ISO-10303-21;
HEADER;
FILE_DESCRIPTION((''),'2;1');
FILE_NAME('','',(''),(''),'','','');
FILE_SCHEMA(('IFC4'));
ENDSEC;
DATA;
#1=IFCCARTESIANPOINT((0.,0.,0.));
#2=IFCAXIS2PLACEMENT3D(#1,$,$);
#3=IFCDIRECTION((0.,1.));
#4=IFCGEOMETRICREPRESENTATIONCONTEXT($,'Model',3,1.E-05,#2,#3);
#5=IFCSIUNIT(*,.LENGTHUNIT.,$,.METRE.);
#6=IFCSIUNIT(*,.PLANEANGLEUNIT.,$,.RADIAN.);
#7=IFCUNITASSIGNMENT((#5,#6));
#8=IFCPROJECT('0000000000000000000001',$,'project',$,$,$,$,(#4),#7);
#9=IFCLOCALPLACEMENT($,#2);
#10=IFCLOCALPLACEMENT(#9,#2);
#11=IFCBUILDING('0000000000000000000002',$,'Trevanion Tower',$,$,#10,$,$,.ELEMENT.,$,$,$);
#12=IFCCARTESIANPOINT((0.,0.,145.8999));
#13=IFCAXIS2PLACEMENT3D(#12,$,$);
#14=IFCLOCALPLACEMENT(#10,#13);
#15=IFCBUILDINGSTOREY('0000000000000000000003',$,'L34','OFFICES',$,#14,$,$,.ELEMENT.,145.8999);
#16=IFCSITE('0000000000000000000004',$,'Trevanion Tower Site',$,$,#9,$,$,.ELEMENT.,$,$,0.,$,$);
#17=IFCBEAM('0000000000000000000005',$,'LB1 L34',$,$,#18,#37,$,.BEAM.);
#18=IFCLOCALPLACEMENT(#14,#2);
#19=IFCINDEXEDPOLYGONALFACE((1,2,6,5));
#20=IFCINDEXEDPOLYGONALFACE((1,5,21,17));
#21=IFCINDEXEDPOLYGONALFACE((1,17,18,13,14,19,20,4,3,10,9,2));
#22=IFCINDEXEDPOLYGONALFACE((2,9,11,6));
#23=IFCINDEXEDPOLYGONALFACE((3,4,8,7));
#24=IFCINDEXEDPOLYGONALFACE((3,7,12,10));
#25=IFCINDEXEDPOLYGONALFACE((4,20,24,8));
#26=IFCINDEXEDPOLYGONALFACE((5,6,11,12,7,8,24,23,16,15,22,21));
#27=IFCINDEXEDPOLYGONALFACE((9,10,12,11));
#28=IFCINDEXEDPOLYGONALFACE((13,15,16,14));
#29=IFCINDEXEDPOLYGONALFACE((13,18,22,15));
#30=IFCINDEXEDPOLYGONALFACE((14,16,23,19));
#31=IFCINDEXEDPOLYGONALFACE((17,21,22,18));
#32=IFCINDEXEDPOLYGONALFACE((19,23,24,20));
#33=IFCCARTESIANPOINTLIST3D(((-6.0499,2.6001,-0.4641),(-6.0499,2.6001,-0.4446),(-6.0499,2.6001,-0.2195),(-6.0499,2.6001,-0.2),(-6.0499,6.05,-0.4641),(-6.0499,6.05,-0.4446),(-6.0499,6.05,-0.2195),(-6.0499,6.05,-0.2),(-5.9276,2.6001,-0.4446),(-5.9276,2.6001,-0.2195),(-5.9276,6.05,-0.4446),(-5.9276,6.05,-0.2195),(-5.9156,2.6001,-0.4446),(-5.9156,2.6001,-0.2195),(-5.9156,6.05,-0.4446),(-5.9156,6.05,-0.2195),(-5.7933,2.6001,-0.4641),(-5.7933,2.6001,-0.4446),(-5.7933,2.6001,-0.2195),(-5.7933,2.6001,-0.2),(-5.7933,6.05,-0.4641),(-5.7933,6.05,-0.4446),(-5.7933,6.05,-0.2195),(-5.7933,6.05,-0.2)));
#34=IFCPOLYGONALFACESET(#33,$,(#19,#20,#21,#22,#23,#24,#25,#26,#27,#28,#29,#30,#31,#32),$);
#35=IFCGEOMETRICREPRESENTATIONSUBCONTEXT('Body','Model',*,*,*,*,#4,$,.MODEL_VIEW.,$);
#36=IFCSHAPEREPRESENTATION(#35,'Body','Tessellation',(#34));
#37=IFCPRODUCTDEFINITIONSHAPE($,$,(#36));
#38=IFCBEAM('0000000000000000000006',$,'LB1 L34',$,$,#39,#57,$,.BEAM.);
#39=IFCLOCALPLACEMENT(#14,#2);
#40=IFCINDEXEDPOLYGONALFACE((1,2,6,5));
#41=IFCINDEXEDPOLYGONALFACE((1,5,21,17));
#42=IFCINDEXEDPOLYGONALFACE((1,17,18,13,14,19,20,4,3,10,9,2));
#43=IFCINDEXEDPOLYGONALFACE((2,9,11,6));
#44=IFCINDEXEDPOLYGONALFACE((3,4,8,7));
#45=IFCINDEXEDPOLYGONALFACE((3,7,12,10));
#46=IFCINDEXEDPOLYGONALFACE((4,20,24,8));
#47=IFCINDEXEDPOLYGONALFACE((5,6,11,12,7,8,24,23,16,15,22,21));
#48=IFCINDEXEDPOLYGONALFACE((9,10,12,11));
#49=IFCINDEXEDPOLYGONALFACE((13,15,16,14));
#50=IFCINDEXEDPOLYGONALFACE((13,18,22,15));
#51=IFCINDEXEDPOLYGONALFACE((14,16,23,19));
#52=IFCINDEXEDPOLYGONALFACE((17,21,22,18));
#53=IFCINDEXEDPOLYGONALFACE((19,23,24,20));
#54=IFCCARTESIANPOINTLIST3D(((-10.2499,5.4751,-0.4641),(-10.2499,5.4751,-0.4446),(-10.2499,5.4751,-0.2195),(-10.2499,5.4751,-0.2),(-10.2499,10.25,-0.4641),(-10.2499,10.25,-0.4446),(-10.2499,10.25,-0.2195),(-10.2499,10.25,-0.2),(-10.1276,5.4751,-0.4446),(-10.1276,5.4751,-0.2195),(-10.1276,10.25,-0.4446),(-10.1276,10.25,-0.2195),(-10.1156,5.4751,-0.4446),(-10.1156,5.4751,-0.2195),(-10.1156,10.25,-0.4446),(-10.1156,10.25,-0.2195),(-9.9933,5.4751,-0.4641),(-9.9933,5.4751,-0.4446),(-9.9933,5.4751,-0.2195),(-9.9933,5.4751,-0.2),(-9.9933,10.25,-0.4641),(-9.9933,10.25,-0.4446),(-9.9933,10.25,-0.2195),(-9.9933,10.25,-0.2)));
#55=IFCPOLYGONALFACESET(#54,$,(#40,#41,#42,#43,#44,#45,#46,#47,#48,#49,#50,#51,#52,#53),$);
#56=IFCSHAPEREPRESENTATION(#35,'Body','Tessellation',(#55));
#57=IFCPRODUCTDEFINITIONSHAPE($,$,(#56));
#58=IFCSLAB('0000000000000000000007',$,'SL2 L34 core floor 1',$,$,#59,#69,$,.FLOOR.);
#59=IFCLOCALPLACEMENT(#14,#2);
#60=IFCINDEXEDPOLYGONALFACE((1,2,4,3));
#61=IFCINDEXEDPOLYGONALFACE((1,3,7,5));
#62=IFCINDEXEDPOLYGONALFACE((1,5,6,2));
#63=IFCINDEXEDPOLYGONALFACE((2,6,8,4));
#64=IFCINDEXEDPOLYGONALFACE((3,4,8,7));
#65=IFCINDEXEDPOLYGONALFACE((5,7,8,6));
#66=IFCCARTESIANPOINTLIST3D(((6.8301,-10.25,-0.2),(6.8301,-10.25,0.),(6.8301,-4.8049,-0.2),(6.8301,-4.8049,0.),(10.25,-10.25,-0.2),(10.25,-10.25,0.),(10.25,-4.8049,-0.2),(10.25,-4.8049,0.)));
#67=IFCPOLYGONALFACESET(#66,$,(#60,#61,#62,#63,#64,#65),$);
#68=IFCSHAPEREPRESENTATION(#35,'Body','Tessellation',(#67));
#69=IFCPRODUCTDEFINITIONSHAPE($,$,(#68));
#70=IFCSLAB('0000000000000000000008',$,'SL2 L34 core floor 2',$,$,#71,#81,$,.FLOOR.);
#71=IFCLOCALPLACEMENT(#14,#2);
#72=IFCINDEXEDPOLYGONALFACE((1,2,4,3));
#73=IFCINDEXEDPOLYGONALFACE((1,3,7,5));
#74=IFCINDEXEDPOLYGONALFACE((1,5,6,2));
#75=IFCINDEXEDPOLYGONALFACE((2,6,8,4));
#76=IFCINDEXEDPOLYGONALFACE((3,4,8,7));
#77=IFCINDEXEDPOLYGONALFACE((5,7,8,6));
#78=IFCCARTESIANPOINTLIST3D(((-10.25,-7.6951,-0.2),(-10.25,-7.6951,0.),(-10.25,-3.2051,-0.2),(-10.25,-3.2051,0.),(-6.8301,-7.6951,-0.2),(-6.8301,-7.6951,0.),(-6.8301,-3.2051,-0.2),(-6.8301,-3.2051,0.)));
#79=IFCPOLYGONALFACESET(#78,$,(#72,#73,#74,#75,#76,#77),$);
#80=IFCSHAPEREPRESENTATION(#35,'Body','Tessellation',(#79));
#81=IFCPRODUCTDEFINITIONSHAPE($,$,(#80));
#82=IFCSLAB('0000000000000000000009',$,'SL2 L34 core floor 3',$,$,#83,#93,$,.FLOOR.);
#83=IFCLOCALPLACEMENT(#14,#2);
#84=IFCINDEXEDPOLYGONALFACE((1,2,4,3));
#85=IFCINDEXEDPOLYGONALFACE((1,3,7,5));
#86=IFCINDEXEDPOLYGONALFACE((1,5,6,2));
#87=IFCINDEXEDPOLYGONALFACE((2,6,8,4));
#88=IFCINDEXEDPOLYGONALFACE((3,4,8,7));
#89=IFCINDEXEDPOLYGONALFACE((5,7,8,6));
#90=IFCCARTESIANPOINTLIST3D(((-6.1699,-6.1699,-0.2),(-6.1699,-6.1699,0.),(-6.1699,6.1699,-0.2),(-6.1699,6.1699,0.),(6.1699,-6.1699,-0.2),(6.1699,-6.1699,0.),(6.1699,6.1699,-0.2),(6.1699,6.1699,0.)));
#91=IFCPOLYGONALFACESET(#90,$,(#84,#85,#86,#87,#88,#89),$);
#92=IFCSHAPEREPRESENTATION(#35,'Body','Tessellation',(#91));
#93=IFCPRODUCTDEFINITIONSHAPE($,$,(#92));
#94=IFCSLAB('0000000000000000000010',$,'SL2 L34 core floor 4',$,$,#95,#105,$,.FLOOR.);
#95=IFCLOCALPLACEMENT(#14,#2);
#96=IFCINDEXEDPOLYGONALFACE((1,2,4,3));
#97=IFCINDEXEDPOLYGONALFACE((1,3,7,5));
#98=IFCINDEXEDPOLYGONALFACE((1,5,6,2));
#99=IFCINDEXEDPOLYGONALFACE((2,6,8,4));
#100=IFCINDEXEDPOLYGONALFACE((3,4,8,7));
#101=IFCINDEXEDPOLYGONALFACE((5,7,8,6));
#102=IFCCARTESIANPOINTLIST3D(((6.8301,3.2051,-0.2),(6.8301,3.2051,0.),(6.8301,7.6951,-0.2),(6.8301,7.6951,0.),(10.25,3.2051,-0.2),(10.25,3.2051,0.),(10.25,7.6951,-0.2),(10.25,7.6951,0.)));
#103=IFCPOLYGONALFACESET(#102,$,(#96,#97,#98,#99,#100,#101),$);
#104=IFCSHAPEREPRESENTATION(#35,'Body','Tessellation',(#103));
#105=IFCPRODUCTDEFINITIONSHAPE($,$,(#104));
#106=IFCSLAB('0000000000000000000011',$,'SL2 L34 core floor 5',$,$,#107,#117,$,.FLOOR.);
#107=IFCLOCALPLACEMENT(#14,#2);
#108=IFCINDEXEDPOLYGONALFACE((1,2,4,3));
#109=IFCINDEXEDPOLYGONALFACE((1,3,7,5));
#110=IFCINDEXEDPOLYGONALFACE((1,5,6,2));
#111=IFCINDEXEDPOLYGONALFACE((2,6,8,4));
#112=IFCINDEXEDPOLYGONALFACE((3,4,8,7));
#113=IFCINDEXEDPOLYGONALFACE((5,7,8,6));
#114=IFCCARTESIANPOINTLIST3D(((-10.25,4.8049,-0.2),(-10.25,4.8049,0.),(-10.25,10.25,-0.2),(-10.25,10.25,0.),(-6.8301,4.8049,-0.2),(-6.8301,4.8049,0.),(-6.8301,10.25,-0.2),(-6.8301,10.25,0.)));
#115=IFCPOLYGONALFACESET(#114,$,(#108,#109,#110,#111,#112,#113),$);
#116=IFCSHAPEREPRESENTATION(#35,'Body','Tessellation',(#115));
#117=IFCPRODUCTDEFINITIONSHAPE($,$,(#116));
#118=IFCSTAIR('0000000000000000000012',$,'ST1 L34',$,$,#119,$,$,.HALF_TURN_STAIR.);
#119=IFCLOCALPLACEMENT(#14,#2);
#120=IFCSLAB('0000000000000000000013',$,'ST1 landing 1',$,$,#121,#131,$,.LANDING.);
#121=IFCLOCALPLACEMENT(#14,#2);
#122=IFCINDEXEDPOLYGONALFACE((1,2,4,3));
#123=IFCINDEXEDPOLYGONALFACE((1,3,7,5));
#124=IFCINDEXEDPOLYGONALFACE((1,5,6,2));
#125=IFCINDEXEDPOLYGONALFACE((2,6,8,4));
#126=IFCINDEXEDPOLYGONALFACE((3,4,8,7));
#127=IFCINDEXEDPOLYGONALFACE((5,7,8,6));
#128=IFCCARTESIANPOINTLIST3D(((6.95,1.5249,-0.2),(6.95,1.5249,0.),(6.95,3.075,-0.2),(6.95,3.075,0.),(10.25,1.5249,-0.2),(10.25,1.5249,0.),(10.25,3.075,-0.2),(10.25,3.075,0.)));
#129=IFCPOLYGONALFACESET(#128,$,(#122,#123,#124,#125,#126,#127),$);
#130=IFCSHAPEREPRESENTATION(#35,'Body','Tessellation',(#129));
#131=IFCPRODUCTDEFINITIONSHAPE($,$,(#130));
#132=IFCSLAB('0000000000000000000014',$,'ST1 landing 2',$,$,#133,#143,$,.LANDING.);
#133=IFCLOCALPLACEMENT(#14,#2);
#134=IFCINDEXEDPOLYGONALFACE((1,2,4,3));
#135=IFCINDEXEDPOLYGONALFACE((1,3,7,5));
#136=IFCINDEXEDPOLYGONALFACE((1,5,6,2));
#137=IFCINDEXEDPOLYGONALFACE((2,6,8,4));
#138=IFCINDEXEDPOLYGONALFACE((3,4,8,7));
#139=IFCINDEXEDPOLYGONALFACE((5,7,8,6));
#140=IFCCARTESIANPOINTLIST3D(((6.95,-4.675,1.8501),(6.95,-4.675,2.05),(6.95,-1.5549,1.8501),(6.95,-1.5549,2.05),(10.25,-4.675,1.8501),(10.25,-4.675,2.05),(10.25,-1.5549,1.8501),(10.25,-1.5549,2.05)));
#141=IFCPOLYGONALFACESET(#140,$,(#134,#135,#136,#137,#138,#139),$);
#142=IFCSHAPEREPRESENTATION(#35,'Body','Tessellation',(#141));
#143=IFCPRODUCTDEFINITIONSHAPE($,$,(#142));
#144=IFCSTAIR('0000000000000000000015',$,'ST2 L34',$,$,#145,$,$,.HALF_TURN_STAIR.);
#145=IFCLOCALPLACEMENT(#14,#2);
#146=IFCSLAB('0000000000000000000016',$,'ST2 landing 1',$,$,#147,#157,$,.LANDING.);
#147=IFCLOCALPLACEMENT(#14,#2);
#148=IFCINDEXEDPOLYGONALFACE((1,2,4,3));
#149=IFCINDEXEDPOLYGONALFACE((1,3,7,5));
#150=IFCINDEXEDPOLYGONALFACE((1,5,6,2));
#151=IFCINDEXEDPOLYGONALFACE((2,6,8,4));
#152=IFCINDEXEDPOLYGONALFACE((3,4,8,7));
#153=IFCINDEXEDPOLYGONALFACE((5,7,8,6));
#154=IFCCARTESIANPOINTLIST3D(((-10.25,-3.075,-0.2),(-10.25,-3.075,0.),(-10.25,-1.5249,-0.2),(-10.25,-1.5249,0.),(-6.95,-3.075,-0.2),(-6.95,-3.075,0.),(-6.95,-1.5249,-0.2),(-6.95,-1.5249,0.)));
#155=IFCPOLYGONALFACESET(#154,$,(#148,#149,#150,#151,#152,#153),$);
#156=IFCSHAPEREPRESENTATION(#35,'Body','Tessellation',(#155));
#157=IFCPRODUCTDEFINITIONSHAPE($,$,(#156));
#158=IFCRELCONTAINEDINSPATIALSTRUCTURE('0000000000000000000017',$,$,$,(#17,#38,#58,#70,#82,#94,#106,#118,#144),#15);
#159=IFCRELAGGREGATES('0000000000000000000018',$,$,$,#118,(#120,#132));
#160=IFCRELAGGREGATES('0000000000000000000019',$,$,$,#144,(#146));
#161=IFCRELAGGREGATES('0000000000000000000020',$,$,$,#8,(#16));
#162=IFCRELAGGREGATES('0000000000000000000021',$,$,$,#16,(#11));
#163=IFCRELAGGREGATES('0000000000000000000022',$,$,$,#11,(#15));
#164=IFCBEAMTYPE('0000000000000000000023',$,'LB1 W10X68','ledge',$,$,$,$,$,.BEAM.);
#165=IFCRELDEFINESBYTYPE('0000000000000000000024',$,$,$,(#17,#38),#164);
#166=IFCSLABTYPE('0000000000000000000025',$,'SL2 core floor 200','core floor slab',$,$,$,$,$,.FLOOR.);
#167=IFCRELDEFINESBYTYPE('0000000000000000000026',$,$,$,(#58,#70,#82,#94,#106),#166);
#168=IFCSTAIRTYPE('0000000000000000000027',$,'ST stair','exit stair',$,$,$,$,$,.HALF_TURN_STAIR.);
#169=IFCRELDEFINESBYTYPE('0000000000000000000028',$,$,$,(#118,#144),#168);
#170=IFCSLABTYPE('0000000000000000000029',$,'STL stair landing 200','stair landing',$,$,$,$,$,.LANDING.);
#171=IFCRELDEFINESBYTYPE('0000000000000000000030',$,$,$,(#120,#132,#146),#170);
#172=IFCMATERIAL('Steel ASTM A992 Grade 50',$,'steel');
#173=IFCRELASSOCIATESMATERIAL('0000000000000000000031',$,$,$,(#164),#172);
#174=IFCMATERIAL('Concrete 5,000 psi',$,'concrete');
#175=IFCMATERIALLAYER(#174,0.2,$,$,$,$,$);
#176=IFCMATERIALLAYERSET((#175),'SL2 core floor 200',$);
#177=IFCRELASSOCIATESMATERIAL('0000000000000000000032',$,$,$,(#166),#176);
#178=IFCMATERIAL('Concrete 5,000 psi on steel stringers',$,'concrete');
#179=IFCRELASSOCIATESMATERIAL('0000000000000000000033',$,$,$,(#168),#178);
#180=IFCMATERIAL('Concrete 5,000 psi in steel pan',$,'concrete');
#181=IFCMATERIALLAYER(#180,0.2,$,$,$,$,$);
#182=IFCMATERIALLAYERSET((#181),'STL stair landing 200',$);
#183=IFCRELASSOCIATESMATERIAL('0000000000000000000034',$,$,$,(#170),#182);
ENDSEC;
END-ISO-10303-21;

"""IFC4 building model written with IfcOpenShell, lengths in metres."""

from ifc_helpers import new_model, si_unit, direction, frame, origin, origin_2d, place, context, subcontext, project, spatial, polyline, i_section, outline, extrude, material, layer, layer_set, material_profile, profile_set, type_object, element, aggregate, save


model = new_model("IFC4")

# Units and contexts
model_context = context("Model", 3, precision=1e-05, world=origin(), true_north=direction((0.0, 1.0)))
body_context = subcontext(model_context, "Body", "Model", "MODEL_VIEW")
ifc_project = project(units=[si_unit("LENGTHUNIT", "METRE"), si_unit("PLANEANGLEUNIT", "RADIAN")], contexts=[model_context])

# Site, building, storey
site_placement = place(None, origin())
site = spatial("IfcSite", under=ifc_project, at=site_placement, Name="Trevanion Tower Site", CompositionType="ELEMENT", RefElevation=0.0)
building_placement = place(site_placement, origin())
building = spatial("IfcBuilding", under=site, at=building_placement, Name="Trevanion Tower", CompositionType="ELEMENT")
storey_placement = place(building_placement, frame((0.0, 0.0, 145.8999)))
storey = spatial("IfcBuildingStorey", under=building, at=storey_placement, Name="L34", Description="OFFICES", CompositionType="ELEMENT", Elevation=145.8999)

# Beams
ifc_material_1 = material(Name="Steel ASTM A992 Grade 50", Category="steel")
ifc_material_profile = material_profile(ifc_material_1, i_section(OverallWidth=0.2566, OverallDepth=0.2642, WebThickness=0.012, FlangeThickness=0.0195, at=origin_2d()), Name="W10X68")
ifc_profile_set = profile_set([ifc_material_profile], Name="Steel ASTM A992 Grade 50")
beam_type = type_object("IfcBeamType", Name="LB1 W10X68", Description="ledge", PredefinedType="BEAM", material=ifc_profile_set)
beam_1_placement = place(storey_placement, frame((-5.9216, 2.6001, -0.332), z_axis=(0.0, 1.0, 0.0), x_axis=(-1.0, 0.0, 0.0)))
element("IfcBeam", 1, at=beam_1_placement, inside=storey, type_object=beam_type, Name="LB1 L34", PredefinedType="BEAM", context=body_context, shape_type="SweptSolid", body=[
    extrude(i_section(OverallWidth=0.2566, OverallDepth=0.2642, WebThickness=0.012, FlangeThickness=0.0195, at=origin_2d()), origin(), (0.0, 0.0, 1.0), 3.45),
])
beam_2_placement = place(storey_placement, frame((-10.1216, 5.4751, -0.332), z_axis=(0.0, 1.0, 0.0), x_axis=(-1.0, 0.0, 0.0)))
element("IfcBeam", 2, at=beam_2_placement, inside=storey, type_object=beam_type, Name="LB1 L34", PredefinedType="BEAM", context=body_context, shape_type="SweptSolid", body=[
    extrude(i_section(OverallWidth=0.2566, OverallDepth=0.2642, WebThickness=0.012, FlangeThickness=0.0195, at=origin_2d()), origin(), (0.0, 0.0, 1.0), 4.7749),
])

# Slabs
ifc_material_2 = material(Name="Concrete 5,000 psi", Category="concrete")
ifc_layer_1 = layer(ifc_material_2, 0.2)
ifc_layer_set_1 = layer_set([ifc_layer_1], Name="SL2 core floor 200")
slab_type_1 = type_object("IfcSlabType", Name="SL2 core floor 200", Description="core floor slab", PredefinedType="FLOOR", material=ifc_layer_set_1)
slab_1_placement = place(storey_placement, frame((0.0, 0.0, -0.2)))
element("IfcSlab", 3, at=slab_1_placement, inside=storey, type_object=slab_type_1, Name="SL2 L34 core floor 1", PredefinedType="FLOOR", context=body_context, shape_type="SweptSolid", body=[
    extrude(outline(polyline([(10.25, -4.8049), (10.25, -10.25), (6.8301, -10.25), (6.8301, -4.8049), (10.25, -4.8049)])), origin(), (0.0, 0.0, 1.0), 0.2),
])
slab_2_placement = place(storey_placement, frame((0.0, 0.0, -0.2)))
element("IfcSlab", 4, at=slab_2_placement, inside=storey, type_object=slab_type_1, Name="SL2 L34 core floor 2", PredefinedType="FLOOR", context=body_context, shape_type="SweptSolid", body=[
    extrude(outline(polyline([(-6.8301, -3.2051), (-6.8301, -7.6951), (-10.25, -7.6951), (-10.25, -3.2051), (-6.8301, -3.2051)])), origin(), (0.0, 0.0, 1.0), 0.2),
])
slab_3_placement = place(storey_placement, frame((0.0, 0.0, -0.2)))
element("IfcSlab", 5, at=slab_3_placement, inside=storey, type_object=slab_type_1, Name="SL2 L34 core floor 3", PredefinedType="FLOOR", context=body_context, shape_type="SweptSolid", body=[
    extrude(outline(polyline([(6.1699, -6.1699), (-6.1699, -6.1699), (-6.1699, 6.1699), (6.1699, 6.1699), (6.1699, -6.1699)])), origin(), (0.0, 0.0, 1.0), 0.2),
])
slab_4_placement = place(storey_placement, frame((0.0, 0.0, -0.2)))
element("IfcSlab", 6, at=slab_4_placement, inside=storey, type_object=slab_type_1, Name="SL2 L34 core floor 4", PredefinedType="FLOOR", context=body_context, shape_type="SweptSolid", body=[
    extrude(outline(polyline([(6.8301, 3.2051), (6.8301, 7.6951), (10.25, 7.6951), (10.25, 3.2051), (6.8301, 3.2051)])), origin(), (0.0, 0.0, 1.0), 0.2),
])
slab_5_placement = place(storey_placement, frame((0.0, 0.0, -0.2)))
element("IfcSlab", 7, at=slab_5_placement, inside=storey, type_object=slab_type_1, Name="SL2 L34 core floor 5", PredefinedType="FLOOR", context=body_context, shape_type="SweptSolid", body=[
    extrude(outline(polyline([(-6.8301, 4.8049), (-10.25, 4.8049), (-10.25, 10.25), (-6.8301, 10.25), (-6.8301, 4.8049)])), origin(), (0.0, 0.0, 1.0), 0.2),
])

# Stair, slabs
ifc_material_3 = material(Name="Concrete 5,000 psi on steel stringers", Category="concrete")
stair_type = type_object("IfcStairType", Name="ST stair", Description="exit stair", PredefinedType="HALF_TURN_STAIR", material=ifc_material_3)
stair_1_placement = place(storey_placement, origin())
stair_1 = element("IfcStair", 8, at=stair_1_placement, inside=storey, type_object=stair_type, Name="ST1 L34", PredefinedType="HALF_TURN_STAIR")
ifc_material_4 = material(Name="Concrete 5,000 psi in steel pan", Category="concrete")
ifc_layer_2 = layer(ifc_material_4, 0.2)
ifc_layer_set_2 = layer_set([ifc_layer_2], Name="STL stair landing 200")
slab_type_2 = type_object("IfcSlabType", Name="STL stair landing 200", Description="stair landing", PredefinedType="LANDING", material=ifc_layer_set_2)
slab_6_placement = place(storey_placement, frame((0.0, 0.0, -0.2)))
slab_6 = element("IfcSlab", 9, at=slab_6_placement, type_object=slab_type_2, Name="ST1 landing 1", PredefinedType="LANDING", context=body_context, shape_type="SweptSolid", body=[
    extrude(outline(polyline([(6.95, 1.5249), (10.25, 1.5249), (10.25, 3.075), (6.95, 3.075), (6.95, 1.5249)])), origin(), (0.0, 0.0, 1.0), 0.2),
])
slab_7_placement = place(storey_placement, frame((0.0, 0.0, 1.8501)))
slab_7 = element("IfcSlab", 10, at=slab_7_placement, type_object=slab_type_2, Name="ST1 landing 2", PredefinedType="LANDING", context=body_context, shape_type="SweptSolid", body=[
    extrude(outline(polyline([(6.95, -4.675), (10.25, -4.675), (10.25, -1.5549), (6.95, -1.5549), (6.95, -4.675)])), origin(), (0.0, 0.0, 1.0), 0.2),
])
aggregate(stair_1, [slab_6, slab_7])

# Stair, slab
stair_2_placement = place(storey_placement, origin())
stair_2 = element("IfcStair", 11, at=stair_2_placement, inside=storey, type_object=stair_type, Name="ST2 L34", PredefinedType="HALF_TURN_STAIR")
slab_8_placement = place(storey_placement, frame((0.0, 0.0, -0.2)))
slab_8 = element("IfcSlab", 12, at=slab_8_placement, type_object=slab_type_2, Name="ST2 landing 1", PredefinedType="LANDING", context=body_context, shape_type="SweptSolid", body=[
    extrude(outline(polyline([(-6.95, -1.5249), (-10.25, -1.5249), (-10.25, -3.075), (-6.95, -3.075), (-6.95, -1.5249)])), origin(), (0.0, 0.0, 1.0), 0.2),
])

aggregate(stair_2, [slab_8])

save(model, "model.ifc")
